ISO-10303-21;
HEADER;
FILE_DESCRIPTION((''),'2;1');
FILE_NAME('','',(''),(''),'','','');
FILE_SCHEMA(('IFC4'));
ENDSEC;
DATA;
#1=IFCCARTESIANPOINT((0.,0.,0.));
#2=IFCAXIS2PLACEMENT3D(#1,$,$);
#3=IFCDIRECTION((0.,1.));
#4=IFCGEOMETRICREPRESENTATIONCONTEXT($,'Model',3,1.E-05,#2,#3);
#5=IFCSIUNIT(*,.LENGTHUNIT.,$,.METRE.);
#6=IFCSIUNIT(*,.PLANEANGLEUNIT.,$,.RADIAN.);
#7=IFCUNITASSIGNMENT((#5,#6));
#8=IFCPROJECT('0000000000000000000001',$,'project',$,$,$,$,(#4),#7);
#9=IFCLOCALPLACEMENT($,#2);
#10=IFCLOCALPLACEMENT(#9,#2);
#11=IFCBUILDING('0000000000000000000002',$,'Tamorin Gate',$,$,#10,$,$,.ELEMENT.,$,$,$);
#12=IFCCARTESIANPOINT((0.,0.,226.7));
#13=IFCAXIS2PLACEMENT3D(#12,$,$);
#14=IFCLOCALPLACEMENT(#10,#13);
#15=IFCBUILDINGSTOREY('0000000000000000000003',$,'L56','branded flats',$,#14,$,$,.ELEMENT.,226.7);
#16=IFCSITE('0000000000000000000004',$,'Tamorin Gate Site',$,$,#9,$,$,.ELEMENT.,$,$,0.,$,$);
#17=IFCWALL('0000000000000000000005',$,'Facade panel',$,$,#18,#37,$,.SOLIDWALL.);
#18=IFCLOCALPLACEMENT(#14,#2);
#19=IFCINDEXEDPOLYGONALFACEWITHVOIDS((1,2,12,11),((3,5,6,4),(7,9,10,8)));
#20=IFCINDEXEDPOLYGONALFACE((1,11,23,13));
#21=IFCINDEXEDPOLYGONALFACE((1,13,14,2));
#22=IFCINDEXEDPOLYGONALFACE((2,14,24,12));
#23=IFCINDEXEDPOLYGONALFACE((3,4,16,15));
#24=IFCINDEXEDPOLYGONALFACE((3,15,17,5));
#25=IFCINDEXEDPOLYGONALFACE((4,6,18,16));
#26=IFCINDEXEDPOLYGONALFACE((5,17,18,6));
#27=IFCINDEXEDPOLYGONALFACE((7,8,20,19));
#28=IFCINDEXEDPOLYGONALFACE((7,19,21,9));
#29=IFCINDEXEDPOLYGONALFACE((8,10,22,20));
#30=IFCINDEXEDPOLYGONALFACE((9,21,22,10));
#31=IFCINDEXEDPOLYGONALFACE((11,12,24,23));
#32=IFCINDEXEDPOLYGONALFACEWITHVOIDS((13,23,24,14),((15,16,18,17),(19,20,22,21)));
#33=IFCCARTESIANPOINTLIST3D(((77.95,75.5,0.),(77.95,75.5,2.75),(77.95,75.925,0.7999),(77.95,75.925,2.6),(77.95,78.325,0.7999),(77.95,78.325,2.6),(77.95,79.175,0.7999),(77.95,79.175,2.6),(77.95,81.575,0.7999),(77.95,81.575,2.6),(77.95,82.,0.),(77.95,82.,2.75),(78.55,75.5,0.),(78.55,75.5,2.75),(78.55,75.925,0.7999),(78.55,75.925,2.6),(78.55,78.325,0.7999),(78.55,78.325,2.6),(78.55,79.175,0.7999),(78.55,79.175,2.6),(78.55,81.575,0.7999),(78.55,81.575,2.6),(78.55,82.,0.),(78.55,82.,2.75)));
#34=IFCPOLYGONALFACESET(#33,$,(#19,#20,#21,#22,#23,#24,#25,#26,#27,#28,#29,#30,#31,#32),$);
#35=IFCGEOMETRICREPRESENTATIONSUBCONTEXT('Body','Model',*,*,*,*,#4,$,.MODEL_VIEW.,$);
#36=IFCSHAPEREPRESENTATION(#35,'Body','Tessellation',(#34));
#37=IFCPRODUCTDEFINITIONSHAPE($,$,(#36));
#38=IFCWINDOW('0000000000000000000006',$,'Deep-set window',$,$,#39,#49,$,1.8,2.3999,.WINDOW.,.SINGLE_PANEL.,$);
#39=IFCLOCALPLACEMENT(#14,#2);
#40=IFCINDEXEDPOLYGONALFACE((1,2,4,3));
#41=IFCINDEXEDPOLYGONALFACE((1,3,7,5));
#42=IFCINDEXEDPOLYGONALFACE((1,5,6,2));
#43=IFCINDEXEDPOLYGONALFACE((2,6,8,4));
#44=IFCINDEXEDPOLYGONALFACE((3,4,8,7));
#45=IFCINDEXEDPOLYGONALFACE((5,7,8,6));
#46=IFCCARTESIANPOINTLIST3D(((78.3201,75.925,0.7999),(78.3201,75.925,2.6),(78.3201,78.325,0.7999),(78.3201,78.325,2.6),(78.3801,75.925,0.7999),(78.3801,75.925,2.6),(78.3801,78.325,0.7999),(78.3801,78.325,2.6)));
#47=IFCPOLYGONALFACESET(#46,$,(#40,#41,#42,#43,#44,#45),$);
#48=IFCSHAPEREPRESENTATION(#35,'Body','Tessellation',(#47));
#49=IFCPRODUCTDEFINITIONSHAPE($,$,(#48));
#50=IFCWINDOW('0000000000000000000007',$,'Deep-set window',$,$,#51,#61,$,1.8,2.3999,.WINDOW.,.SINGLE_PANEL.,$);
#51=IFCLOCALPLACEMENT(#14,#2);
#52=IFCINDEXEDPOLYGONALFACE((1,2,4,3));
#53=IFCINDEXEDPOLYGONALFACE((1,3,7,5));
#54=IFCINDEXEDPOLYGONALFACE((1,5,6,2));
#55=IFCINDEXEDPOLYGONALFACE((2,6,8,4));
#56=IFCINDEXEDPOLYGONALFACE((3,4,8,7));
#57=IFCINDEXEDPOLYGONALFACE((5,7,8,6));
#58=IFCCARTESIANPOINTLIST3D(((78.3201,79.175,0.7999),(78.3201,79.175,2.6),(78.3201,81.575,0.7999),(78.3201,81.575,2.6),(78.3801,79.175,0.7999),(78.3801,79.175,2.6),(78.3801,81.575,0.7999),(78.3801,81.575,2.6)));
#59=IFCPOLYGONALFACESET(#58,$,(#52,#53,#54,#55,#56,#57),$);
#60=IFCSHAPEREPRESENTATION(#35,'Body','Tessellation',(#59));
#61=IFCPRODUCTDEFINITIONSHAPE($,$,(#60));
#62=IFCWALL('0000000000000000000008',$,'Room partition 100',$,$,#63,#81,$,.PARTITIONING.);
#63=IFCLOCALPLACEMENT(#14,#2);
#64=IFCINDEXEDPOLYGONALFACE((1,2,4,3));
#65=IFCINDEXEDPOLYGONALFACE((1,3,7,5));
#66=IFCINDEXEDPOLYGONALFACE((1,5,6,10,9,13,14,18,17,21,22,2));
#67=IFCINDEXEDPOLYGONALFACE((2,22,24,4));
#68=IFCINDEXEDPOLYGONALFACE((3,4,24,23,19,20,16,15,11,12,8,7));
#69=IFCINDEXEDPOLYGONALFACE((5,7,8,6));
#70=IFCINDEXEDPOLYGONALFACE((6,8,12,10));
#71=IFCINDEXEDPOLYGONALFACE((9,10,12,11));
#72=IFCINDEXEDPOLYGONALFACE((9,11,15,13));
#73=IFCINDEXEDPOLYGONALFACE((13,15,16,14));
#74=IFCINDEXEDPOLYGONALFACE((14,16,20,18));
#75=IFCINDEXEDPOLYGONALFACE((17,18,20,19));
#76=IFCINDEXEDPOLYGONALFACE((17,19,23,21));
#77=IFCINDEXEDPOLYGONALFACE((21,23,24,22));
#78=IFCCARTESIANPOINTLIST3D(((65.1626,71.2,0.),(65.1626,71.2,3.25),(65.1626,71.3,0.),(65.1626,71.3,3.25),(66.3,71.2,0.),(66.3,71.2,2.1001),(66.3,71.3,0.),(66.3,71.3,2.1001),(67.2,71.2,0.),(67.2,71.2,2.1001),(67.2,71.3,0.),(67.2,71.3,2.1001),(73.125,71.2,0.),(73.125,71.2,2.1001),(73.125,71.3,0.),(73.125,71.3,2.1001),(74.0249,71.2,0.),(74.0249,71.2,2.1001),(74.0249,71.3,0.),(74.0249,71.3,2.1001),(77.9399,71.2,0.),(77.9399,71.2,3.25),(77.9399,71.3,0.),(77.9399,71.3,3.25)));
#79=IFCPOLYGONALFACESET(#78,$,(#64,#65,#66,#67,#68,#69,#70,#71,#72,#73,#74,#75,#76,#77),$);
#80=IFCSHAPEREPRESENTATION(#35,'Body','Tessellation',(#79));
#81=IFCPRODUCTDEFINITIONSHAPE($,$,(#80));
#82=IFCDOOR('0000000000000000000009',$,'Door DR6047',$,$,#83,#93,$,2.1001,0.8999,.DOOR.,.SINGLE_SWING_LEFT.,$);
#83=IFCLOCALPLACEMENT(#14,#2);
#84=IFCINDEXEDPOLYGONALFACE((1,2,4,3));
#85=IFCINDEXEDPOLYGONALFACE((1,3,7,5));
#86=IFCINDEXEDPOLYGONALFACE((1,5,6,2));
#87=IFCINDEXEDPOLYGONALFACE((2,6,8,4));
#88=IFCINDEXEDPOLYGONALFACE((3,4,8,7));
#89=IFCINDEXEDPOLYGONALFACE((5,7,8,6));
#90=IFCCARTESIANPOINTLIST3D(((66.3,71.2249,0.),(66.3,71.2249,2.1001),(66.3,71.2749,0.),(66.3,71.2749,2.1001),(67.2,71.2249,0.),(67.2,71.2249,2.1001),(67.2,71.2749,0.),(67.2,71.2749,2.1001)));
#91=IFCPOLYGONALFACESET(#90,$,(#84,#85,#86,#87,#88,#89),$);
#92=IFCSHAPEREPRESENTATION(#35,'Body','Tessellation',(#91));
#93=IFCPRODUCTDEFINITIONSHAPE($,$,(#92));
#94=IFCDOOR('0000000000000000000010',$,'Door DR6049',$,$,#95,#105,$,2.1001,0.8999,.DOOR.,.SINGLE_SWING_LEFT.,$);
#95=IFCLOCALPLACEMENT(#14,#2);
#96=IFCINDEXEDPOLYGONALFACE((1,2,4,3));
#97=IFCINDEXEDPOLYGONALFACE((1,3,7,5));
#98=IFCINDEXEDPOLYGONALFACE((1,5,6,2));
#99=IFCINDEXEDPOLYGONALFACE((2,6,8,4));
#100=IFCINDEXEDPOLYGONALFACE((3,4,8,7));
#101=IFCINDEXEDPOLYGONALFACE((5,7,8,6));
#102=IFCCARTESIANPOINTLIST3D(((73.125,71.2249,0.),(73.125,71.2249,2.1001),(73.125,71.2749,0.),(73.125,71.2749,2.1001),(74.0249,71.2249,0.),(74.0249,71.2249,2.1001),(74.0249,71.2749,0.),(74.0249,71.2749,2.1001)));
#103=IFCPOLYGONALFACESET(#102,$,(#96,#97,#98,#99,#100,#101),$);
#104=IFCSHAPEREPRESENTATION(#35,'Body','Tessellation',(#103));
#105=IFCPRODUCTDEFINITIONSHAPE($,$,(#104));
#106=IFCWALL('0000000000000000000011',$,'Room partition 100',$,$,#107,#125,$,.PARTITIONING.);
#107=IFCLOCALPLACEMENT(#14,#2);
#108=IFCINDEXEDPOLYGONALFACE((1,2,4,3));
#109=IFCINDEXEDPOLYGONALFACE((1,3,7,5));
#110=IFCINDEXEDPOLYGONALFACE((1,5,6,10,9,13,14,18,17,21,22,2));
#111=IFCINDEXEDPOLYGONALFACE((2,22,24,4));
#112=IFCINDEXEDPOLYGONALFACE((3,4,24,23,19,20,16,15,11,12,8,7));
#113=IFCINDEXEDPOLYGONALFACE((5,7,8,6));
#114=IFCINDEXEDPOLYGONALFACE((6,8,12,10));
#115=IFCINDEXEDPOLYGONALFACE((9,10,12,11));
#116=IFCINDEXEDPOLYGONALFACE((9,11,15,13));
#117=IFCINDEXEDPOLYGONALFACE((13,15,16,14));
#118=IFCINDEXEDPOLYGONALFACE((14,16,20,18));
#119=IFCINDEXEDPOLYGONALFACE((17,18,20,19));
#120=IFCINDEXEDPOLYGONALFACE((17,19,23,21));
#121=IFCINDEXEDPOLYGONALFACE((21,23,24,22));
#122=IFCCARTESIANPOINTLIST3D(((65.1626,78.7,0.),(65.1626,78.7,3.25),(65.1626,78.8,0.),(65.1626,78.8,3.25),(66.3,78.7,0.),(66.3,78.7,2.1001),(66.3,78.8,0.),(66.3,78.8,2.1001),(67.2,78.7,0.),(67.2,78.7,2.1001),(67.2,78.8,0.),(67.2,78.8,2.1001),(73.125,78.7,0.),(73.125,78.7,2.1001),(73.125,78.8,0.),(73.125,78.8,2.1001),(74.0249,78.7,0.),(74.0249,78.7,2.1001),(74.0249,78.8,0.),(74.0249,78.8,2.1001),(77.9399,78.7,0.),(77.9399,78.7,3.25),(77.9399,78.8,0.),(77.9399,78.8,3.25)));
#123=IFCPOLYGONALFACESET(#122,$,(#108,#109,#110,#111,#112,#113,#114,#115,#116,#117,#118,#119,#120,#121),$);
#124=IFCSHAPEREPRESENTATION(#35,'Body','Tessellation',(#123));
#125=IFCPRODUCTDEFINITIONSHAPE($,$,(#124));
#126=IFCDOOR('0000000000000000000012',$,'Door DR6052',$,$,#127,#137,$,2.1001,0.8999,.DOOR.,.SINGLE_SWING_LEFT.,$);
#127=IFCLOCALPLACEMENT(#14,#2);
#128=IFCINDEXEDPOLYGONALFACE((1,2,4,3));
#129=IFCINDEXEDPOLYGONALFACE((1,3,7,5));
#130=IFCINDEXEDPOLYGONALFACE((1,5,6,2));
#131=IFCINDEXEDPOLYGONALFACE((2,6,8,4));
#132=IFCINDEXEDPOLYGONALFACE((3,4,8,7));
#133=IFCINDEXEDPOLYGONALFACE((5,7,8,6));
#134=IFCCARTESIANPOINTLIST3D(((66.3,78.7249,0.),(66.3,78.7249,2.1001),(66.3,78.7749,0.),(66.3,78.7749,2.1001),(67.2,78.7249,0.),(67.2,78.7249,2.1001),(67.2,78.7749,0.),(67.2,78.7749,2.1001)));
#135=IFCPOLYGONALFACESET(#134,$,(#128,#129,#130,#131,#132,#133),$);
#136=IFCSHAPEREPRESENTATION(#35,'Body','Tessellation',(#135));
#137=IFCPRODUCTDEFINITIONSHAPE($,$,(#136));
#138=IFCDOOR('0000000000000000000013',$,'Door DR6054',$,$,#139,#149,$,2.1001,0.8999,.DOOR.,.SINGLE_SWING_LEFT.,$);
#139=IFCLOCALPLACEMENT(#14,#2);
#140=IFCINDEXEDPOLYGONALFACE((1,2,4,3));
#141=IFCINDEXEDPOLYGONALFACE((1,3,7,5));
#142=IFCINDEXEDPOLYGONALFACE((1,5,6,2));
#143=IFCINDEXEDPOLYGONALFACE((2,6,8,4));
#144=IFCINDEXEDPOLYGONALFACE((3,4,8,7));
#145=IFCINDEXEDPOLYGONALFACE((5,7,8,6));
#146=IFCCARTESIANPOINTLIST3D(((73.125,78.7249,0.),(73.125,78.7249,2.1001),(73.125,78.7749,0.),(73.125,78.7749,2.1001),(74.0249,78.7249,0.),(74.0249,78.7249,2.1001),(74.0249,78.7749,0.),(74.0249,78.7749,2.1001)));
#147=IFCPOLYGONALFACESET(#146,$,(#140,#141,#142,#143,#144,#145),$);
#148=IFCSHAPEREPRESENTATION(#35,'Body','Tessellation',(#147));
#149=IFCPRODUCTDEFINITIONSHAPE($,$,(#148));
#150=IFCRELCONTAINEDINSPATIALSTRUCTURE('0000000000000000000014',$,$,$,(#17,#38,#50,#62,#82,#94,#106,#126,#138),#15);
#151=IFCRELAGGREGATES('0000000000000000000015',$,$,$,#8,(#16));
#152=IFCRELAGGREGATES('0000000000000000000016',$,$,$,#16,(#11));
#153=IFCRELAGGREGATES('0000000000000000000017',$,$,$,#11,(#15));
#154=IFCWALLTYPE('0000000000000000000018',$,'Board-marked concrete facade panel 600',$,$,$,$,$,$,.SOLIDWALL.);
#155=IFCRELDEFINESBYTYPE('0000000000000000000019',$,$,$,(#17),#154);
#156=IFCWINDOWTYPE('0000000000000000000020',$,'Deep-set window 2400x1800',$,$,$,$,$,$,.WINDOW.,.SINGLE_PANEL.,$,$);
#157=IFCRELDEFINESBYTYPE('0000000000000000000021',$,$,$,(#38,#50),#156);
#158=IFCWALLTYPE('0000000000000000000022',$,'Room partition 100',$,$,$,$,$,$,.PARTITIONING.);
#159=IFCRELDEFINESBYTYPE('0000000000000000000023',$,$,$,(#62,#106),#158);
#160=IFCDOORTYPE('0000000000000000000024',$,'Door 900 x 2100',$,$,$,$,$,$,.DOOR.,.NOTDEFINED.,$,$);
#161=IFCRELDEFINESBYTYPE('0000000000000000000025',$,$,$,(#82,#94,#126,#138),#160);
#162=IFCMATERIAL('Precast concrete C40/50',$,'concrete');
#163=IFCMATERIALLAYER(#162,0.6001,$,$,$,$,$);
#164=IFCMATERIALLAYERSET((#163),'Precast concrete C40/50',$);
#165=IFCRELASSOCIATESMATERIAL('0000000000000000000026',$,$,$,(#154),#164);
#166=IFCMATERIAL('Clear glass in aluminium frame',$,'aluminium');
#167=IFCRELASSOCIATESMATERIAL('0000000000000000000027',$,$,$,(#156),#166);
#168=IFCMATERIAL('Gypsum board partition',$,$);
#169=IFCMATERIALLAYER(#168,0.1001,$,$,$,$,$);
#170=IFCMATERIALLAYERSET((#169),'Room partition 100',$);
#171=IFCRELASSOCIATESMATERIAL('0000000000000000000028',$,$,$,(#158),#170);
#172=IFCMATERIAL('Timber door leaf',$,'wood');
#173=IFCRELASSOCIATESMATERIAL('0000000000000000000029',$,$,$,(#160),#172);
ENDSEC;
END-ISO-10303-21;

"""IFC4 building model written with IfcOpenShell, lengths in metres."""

from ifc_helpers import new_model, si_unit, direction, frame, frame_2d, origin, place, context, subcontext, project, spatial, rectangle, extrude, material, layer, layer_set, type_object, element, fill, save


model = new_model("IFC4")

# Units and contexts
model_context = context("Model", 3, precision=1e-05, world=origin(), true_north=direction((0.0, 1.0)))
body_context = subcontext(model_context, "Body", "Model", "MODEL_VIEW")
ifc_project = project(units=[si_unit("LENGTHUNIT", "METRE"), si_unit("PLANEANGLEUNIT", "RADIAN")], contexts=[model_context])

# Site, building, storey
site_placement = place(None, origin())
site = spatial("IfcSite", under=ifc_project, at=site_placement, Name="Tamorin Gate Site", CompositionType="ELEMENT", RefElevation=0.0)
building_placement = place(site_placement, origin())
building = spatial("IfcBuilding", under=site, at=building_placement, Name="Tamorin Gate", CompositionType="ELEMENT")
storey_placement = place(building_placement, frame((0.0, 0.0, 226.7)))
storey = spatial("IfcBuildingStorey", under=building, at=storey_placement, Name="L56", Description="branded flats", CompositionType="ELEMENT", Elevation=226.7)

# Wall, openings, windows
ifc_material_1 = material(Name="Precast concrete C40/50", Category="concrete")
ifc_layer_1 = layer(ifc_material_1, 0.6001)
ifc_layer_set_1 = layer_set([ifc_layer_1], Name="Precast concrete C40/50")
wall_type_1 = type_object("IfcWallType", Name="Board-marked concrete facade panel 600", PredefinedType="SOLIDWALL", material=ifc_layer_set_1)
ifc_material_2 = material(Name="Clear glass in aluminium frame", Category="aluminium")
window_type = type_object("IfcWindowType", Name="Deep-set window 2400x1800", PartitioningType="SINGLE_PANEL", PredefinedType="WINDOW", material=ifc_material_2)
wall_1_placement = place(storey_placement, frame((78.25, 75.5, 0.0), z_axis=(0.0, 0.0, 1.0), x_axis=(0.0, 1.0, 0.0)))
wall_1 = element("IfcWall", 1, at=wall_1_placement, inside=storey, type_object=wall_type_1, Name="Facade panel", PredefinedType="SOLIDWALL", context=body_context, shape_type="SweptSolid", body=[
    extrude(rectangle(XDim=6.5, YDim=0.6001, at=frame_2d((3.25, 0.0))), origin(), (0.0, 0.0, 1.0), 2.75),
])
opening_1_placement = place(wall_1_placement, frame((0.425, 0.0, 0.8)))
opening_1 = element("IfcOpeningElement", 2, at=opening_1_placement, cuts=wall_1, PredefinedType="OPENING", context=body_context, shape_type="SweptSolid", body=[
    extrude(rectangle(XDim=2.3999, YDim=1.8, at=frame_2d((1.2, 0.8999))), frame((0.0, 0.3101, 0.0), z_axis=(0.0, -1.0, 0.0), x_axis=(1.0, 0.0, 0.0)), (0.0, 0.0, 1.0), 0.6201),
])
opening_2_placement = place(wall_1_placement, frame((3.675, 0.0, 0.8)))
opening_2 = element("IfcOpeningElement", 3, at=opening_2_placement, cuts=wall_1, PredefinedType="OPENING", context=body_context, shape_type="SweptSolid", body=[
    extrude(rectangle(XDim=2.3999, YDim=1.8, at=frame_2d((1.2, 0.8999))), frame((0.0, 0.3101, 0.0), z_axis=(0.0, -1.0, 0.0), x_axis=(1.0, 0.0, 0.0)), (0.0, 0.0, 1.0), 0.6201),
])
window_1_placement = place(opening_1_placement, origin())
window_1 = element("IfcWindow", 4, at=window_1_placement, inside=storey, type_object=window_type, Name="Deep-set window", OverallHeight=1.8, OverallWidth=2.3999, PartitioningType="SINGLE_PANEL", PredefinedType="WINDOW", context=body_context, shape_type="SweptSolid", body=[
    extrude(rectangle(XDim=2.3999, YDim=1.8, at=frame_2d((1.2, 0.8999))), frame((0.0, -0.0701, 0.0), z_axis=(0.0, -1.0, 0.0), x_axis=(1.0, 0.0, 0.0)), (0.0, 0.0, 1.0), 0.0601),
])
fill(opening_1, window_1)
window_2_placement = place(opening_2_placement, origin())
window_2 = element("IfcWindow", 5, at=window_2_placement, inside=storey, type_object=window_type, Name="Deep-set window", OverallHeight=1.8, OverallWidth=2.3999, PartitioningType="SINGLE_PANEL", PredefinedType="WINDOW", context=body_context, shape_type="SweptSolid", body=[
    extrude(rectangle(XDim=2.3999, YDim=1.8, at=frame_2d((1.2, 0.8999))), frame((0.0, -0.0701, 0.0), z_axis=(0.0, -1.0, 0.0), x_axis=(1.0, 0.0, 0.0)), (0.0, 0.0, 1.0), 0.0601),
])
fill(opening_2, window_2)

# Walls, openings, doors
ifc_material_3 = material(Name="Gypsum board partition")
ifc_layer_2 = layer(ifc_material_3, 0.1001)
ifc_layer_set_2 = layer_set([ifc_layer_2], Name="Room partition 100")
wall_type_2 = type_object("IfcWallType", Name="Room partition 100", PredefinedType="PARTITIONING", material=ifc_layer_set_2)
wall_2_placement = place(storey_placement, frame((65.1626, 71.25, 0.0), z_axis=(0.0, 0.0, 1.0), x_axis=(1.0, 0.0, 0.0)))
wall_2 = element("IfcWall", 6, at=wall_2_placement, inside=storey, type_object=wall_type_2, Name="Room partition 100", PredefinedType="PARTITIONING", context=body_context, shape_type="SweptSolid", body=[
    extrude(rectangle(XDim=12.7773, YDim=0.1001, at=frame_2d((6.3887, 0.0))), origin(), (0.0, 0.0, 1.0), 3.25),
])
opening_3_placement = place(wall_2_placement, frame((1.1375, 0.0, 0.0)))
opening_3 = element("IfcOpeningElement", 7, at=opening_3_placement, cuts=wall_2, PredefinedType="OPENING", context=body_context, shape_type="SweptSolid", body=[
    extrude(rectangle(XDim=0.8999, YDim=2.1001, at=frame_2d((0.45, 1.05))), frame((0.0, 0.0601, 0.0), z_axis=(0.0, -1.0, 0.0), x_axis=(1.0, 0.0, 0.0)), (0.0, 0.0, 1.0), 0.1201),
])
opening_4_placement = place(wall_2_placement, frame((7.9624, 0.0, 0.0)))
opening_4 = element("IfcOpeningElement", 8, at=opening_4_placement, cuts=wall_2, PredefinedType="OPENING", context=body_context, shape_type="SweptSolid", body=[
    extrude(rectangle(XDim=0.8999, YDim=2.1001, at=frame_2d((0.45, 1.05))), frame((0.0, 0.0601, 0.0), z_axis=(0.0, -1.0, 0.0), x_axis=(1.0, 0.0, 0.0)), (0.0, 0.0, 1.0), 0.1201),
])
ifc_material_4 = material(Name="Timber door leaf", Category="wood")
door_type = type_object("IfcDoorType", Name="Door 900 x 2100", OperationType="NOTDEFINED", PredefinedType="DOOR", material=ifc_material_4)
door_1_placement = place(opening_3_placement, origin())
door_1 = element("IfcDoor", 9, at=door_1_placement, inside=storey, type_object=door_type, Name="Door DR6047", OperationType="SINGLE_SWING_LEFT", OverallHeight=2.1001, OverallWidth=0.8999, PredefinedType="DOOR", context=body_context, shape_type="SweptSolid", body=[
    extrude(rectangle(XDim=0.8999, YDim=2.1001, at=frame_2d((0.45, 1.05))), frame((0.0, 0.0249, 0.0), z_axis=(0.0, -1.0, 0.0), x_axis=(1.0, 0.0, 0.0)), (0.0, 0.0, 1.0), 0.05),
])
fill(opening_3, door_1)
door_2_placement = place(opening_4_placement, origin())
door_2 = element("IfcDoor", 10, at=door_2_placement, inside=storey, type_object=door_type, Name="Door DR6049", OperationType="SINGLE_SWING_LEFT", OverallHeight=2.1001, OverallWidth=0.8999, PredefinedType="DOOR", context=body_context, shape_type="SweptSolid", body=[
    extrude(rectangle(XDim=0.8999, YDim=2.1001, at=frame_2d((0.45, 1.05))), frame((0.0, 0.0249, 0.0), z_axis=(0.0, -1.0, 0.0), x_axis=(1.0, 0.0, 0.0)), (0.0, 0.0, 1.0), 0.05),
])
fill(opening_4, door_2)
wall_3_placement = place(storey_placement, frame((65.1626, 78.75, 0.0), z_axis=(0.0, 0.0, 1.0), x_axis=(1.0, 0.0, 0.0)))
wall_3 = element("IfcWall", 11, at=wall_3_placement, inside=storey, type_object=wall_type_2, Name="Room partition 100", PredefinedType="PARTITIONING", context=body_context, shape_type="SweptSolid", body=[
    extrude(rectangle(XDim=12.7773, YDim=0.1001, at=frame_2d((6.3887, 0.0))), origin(), (0.0, 0.0, 1.0), 3.25),
])
opening_5_placement = place(wall_3_placement, frame((1.1375, 0.0, 0.0)))
opening_5 = element("IfcOpeningElement", 12, at=opening_5_placement, cuts=wall_3, PredefinedType="OPENING", context=body_context, shape_type="SweptSolid", body=[
    extrude(rectangle(XDim=0.8999, YDim=2.1001, at=frame_2d((0.45, 1.05))), frame((0.0, 0.0601, 0.0), z_axis=(0.0, -1.0, 0.0), x_axis=(1.0, 0.0, 0.0)), (0.0, 0.0, 1.0), 0.1201),
])
opening_6_placement = place(wall_3_placement, frame((7.9624, 0.0, 0.0)))
opening_6 = element("IfcOpeningElement", 13, at=opening_6_placement, cuts=wall_3, PredefinedType="OPENING", context=body_context, shape_type="SweptSolid", body=[
    extrude(rectangle(XDim=0.8999, YDim=2.1001, at=frame_2d((0.45, 1.05))), frame((0.0, 0.0601, 0.0), z_axis=(0.0, -1.0, 0.0), x_axis=(1.0, 0.0, 0.0)), (0.0, 0.0, 1.0), 0.1201),
])
door_3_placement = place(opening_5_placement, origin())
door_3 = element("IfcDoor", 14, at=door_3_placement, inside=storey, type_object=door_type, Name="Door DR6052", OperationType="SINGLE_SWING_LEFT", OverallHeight=2.1001, OverallWidth=0.8999, PredefinedType="DOOR", context=body_context, shape_type="SweptSolid", body=[
    extrude(rectangle(XDim=0.8999, YDim=2.1001, at=frame_2d((0.45, 1.05))), frame((0.0, 0.0249, 0.0), z_axis=(0.0, -1.0, 0.0), x_axis=(1.0, 0.0, 0.0)), (0.0, 0.0, 1.0), 0.05),
])
fill(opening_5, door_3)
door_4_placement = place(opening_6_placement, origin())
door_4 = element("IfcDoor", 15, at=door_4_placement, inside=storey, type_object=door_type, Name="Door DR6054", OperationType="SINGLE_SWING_LEFT", OverallHeight=2.1001, OverallWidth=0.8999, PredefinedType="DOOR", context=body_context, shape_type="SweptSolid", body=[
    extrude(rectangle(XDim=0.8999, YDim=2.1001, at=frame_2d((0.45, 1.05))), frame((0.0, 0.0249, 0.0), z_axis=(0.0, -1.0, 0.0), x_axis=(1.0, 0.0, 0.0)), (0.0, 0.0, 1.0), 0.05),
])
fill(opening_6, door_4)

save(model, "model.ifc")
